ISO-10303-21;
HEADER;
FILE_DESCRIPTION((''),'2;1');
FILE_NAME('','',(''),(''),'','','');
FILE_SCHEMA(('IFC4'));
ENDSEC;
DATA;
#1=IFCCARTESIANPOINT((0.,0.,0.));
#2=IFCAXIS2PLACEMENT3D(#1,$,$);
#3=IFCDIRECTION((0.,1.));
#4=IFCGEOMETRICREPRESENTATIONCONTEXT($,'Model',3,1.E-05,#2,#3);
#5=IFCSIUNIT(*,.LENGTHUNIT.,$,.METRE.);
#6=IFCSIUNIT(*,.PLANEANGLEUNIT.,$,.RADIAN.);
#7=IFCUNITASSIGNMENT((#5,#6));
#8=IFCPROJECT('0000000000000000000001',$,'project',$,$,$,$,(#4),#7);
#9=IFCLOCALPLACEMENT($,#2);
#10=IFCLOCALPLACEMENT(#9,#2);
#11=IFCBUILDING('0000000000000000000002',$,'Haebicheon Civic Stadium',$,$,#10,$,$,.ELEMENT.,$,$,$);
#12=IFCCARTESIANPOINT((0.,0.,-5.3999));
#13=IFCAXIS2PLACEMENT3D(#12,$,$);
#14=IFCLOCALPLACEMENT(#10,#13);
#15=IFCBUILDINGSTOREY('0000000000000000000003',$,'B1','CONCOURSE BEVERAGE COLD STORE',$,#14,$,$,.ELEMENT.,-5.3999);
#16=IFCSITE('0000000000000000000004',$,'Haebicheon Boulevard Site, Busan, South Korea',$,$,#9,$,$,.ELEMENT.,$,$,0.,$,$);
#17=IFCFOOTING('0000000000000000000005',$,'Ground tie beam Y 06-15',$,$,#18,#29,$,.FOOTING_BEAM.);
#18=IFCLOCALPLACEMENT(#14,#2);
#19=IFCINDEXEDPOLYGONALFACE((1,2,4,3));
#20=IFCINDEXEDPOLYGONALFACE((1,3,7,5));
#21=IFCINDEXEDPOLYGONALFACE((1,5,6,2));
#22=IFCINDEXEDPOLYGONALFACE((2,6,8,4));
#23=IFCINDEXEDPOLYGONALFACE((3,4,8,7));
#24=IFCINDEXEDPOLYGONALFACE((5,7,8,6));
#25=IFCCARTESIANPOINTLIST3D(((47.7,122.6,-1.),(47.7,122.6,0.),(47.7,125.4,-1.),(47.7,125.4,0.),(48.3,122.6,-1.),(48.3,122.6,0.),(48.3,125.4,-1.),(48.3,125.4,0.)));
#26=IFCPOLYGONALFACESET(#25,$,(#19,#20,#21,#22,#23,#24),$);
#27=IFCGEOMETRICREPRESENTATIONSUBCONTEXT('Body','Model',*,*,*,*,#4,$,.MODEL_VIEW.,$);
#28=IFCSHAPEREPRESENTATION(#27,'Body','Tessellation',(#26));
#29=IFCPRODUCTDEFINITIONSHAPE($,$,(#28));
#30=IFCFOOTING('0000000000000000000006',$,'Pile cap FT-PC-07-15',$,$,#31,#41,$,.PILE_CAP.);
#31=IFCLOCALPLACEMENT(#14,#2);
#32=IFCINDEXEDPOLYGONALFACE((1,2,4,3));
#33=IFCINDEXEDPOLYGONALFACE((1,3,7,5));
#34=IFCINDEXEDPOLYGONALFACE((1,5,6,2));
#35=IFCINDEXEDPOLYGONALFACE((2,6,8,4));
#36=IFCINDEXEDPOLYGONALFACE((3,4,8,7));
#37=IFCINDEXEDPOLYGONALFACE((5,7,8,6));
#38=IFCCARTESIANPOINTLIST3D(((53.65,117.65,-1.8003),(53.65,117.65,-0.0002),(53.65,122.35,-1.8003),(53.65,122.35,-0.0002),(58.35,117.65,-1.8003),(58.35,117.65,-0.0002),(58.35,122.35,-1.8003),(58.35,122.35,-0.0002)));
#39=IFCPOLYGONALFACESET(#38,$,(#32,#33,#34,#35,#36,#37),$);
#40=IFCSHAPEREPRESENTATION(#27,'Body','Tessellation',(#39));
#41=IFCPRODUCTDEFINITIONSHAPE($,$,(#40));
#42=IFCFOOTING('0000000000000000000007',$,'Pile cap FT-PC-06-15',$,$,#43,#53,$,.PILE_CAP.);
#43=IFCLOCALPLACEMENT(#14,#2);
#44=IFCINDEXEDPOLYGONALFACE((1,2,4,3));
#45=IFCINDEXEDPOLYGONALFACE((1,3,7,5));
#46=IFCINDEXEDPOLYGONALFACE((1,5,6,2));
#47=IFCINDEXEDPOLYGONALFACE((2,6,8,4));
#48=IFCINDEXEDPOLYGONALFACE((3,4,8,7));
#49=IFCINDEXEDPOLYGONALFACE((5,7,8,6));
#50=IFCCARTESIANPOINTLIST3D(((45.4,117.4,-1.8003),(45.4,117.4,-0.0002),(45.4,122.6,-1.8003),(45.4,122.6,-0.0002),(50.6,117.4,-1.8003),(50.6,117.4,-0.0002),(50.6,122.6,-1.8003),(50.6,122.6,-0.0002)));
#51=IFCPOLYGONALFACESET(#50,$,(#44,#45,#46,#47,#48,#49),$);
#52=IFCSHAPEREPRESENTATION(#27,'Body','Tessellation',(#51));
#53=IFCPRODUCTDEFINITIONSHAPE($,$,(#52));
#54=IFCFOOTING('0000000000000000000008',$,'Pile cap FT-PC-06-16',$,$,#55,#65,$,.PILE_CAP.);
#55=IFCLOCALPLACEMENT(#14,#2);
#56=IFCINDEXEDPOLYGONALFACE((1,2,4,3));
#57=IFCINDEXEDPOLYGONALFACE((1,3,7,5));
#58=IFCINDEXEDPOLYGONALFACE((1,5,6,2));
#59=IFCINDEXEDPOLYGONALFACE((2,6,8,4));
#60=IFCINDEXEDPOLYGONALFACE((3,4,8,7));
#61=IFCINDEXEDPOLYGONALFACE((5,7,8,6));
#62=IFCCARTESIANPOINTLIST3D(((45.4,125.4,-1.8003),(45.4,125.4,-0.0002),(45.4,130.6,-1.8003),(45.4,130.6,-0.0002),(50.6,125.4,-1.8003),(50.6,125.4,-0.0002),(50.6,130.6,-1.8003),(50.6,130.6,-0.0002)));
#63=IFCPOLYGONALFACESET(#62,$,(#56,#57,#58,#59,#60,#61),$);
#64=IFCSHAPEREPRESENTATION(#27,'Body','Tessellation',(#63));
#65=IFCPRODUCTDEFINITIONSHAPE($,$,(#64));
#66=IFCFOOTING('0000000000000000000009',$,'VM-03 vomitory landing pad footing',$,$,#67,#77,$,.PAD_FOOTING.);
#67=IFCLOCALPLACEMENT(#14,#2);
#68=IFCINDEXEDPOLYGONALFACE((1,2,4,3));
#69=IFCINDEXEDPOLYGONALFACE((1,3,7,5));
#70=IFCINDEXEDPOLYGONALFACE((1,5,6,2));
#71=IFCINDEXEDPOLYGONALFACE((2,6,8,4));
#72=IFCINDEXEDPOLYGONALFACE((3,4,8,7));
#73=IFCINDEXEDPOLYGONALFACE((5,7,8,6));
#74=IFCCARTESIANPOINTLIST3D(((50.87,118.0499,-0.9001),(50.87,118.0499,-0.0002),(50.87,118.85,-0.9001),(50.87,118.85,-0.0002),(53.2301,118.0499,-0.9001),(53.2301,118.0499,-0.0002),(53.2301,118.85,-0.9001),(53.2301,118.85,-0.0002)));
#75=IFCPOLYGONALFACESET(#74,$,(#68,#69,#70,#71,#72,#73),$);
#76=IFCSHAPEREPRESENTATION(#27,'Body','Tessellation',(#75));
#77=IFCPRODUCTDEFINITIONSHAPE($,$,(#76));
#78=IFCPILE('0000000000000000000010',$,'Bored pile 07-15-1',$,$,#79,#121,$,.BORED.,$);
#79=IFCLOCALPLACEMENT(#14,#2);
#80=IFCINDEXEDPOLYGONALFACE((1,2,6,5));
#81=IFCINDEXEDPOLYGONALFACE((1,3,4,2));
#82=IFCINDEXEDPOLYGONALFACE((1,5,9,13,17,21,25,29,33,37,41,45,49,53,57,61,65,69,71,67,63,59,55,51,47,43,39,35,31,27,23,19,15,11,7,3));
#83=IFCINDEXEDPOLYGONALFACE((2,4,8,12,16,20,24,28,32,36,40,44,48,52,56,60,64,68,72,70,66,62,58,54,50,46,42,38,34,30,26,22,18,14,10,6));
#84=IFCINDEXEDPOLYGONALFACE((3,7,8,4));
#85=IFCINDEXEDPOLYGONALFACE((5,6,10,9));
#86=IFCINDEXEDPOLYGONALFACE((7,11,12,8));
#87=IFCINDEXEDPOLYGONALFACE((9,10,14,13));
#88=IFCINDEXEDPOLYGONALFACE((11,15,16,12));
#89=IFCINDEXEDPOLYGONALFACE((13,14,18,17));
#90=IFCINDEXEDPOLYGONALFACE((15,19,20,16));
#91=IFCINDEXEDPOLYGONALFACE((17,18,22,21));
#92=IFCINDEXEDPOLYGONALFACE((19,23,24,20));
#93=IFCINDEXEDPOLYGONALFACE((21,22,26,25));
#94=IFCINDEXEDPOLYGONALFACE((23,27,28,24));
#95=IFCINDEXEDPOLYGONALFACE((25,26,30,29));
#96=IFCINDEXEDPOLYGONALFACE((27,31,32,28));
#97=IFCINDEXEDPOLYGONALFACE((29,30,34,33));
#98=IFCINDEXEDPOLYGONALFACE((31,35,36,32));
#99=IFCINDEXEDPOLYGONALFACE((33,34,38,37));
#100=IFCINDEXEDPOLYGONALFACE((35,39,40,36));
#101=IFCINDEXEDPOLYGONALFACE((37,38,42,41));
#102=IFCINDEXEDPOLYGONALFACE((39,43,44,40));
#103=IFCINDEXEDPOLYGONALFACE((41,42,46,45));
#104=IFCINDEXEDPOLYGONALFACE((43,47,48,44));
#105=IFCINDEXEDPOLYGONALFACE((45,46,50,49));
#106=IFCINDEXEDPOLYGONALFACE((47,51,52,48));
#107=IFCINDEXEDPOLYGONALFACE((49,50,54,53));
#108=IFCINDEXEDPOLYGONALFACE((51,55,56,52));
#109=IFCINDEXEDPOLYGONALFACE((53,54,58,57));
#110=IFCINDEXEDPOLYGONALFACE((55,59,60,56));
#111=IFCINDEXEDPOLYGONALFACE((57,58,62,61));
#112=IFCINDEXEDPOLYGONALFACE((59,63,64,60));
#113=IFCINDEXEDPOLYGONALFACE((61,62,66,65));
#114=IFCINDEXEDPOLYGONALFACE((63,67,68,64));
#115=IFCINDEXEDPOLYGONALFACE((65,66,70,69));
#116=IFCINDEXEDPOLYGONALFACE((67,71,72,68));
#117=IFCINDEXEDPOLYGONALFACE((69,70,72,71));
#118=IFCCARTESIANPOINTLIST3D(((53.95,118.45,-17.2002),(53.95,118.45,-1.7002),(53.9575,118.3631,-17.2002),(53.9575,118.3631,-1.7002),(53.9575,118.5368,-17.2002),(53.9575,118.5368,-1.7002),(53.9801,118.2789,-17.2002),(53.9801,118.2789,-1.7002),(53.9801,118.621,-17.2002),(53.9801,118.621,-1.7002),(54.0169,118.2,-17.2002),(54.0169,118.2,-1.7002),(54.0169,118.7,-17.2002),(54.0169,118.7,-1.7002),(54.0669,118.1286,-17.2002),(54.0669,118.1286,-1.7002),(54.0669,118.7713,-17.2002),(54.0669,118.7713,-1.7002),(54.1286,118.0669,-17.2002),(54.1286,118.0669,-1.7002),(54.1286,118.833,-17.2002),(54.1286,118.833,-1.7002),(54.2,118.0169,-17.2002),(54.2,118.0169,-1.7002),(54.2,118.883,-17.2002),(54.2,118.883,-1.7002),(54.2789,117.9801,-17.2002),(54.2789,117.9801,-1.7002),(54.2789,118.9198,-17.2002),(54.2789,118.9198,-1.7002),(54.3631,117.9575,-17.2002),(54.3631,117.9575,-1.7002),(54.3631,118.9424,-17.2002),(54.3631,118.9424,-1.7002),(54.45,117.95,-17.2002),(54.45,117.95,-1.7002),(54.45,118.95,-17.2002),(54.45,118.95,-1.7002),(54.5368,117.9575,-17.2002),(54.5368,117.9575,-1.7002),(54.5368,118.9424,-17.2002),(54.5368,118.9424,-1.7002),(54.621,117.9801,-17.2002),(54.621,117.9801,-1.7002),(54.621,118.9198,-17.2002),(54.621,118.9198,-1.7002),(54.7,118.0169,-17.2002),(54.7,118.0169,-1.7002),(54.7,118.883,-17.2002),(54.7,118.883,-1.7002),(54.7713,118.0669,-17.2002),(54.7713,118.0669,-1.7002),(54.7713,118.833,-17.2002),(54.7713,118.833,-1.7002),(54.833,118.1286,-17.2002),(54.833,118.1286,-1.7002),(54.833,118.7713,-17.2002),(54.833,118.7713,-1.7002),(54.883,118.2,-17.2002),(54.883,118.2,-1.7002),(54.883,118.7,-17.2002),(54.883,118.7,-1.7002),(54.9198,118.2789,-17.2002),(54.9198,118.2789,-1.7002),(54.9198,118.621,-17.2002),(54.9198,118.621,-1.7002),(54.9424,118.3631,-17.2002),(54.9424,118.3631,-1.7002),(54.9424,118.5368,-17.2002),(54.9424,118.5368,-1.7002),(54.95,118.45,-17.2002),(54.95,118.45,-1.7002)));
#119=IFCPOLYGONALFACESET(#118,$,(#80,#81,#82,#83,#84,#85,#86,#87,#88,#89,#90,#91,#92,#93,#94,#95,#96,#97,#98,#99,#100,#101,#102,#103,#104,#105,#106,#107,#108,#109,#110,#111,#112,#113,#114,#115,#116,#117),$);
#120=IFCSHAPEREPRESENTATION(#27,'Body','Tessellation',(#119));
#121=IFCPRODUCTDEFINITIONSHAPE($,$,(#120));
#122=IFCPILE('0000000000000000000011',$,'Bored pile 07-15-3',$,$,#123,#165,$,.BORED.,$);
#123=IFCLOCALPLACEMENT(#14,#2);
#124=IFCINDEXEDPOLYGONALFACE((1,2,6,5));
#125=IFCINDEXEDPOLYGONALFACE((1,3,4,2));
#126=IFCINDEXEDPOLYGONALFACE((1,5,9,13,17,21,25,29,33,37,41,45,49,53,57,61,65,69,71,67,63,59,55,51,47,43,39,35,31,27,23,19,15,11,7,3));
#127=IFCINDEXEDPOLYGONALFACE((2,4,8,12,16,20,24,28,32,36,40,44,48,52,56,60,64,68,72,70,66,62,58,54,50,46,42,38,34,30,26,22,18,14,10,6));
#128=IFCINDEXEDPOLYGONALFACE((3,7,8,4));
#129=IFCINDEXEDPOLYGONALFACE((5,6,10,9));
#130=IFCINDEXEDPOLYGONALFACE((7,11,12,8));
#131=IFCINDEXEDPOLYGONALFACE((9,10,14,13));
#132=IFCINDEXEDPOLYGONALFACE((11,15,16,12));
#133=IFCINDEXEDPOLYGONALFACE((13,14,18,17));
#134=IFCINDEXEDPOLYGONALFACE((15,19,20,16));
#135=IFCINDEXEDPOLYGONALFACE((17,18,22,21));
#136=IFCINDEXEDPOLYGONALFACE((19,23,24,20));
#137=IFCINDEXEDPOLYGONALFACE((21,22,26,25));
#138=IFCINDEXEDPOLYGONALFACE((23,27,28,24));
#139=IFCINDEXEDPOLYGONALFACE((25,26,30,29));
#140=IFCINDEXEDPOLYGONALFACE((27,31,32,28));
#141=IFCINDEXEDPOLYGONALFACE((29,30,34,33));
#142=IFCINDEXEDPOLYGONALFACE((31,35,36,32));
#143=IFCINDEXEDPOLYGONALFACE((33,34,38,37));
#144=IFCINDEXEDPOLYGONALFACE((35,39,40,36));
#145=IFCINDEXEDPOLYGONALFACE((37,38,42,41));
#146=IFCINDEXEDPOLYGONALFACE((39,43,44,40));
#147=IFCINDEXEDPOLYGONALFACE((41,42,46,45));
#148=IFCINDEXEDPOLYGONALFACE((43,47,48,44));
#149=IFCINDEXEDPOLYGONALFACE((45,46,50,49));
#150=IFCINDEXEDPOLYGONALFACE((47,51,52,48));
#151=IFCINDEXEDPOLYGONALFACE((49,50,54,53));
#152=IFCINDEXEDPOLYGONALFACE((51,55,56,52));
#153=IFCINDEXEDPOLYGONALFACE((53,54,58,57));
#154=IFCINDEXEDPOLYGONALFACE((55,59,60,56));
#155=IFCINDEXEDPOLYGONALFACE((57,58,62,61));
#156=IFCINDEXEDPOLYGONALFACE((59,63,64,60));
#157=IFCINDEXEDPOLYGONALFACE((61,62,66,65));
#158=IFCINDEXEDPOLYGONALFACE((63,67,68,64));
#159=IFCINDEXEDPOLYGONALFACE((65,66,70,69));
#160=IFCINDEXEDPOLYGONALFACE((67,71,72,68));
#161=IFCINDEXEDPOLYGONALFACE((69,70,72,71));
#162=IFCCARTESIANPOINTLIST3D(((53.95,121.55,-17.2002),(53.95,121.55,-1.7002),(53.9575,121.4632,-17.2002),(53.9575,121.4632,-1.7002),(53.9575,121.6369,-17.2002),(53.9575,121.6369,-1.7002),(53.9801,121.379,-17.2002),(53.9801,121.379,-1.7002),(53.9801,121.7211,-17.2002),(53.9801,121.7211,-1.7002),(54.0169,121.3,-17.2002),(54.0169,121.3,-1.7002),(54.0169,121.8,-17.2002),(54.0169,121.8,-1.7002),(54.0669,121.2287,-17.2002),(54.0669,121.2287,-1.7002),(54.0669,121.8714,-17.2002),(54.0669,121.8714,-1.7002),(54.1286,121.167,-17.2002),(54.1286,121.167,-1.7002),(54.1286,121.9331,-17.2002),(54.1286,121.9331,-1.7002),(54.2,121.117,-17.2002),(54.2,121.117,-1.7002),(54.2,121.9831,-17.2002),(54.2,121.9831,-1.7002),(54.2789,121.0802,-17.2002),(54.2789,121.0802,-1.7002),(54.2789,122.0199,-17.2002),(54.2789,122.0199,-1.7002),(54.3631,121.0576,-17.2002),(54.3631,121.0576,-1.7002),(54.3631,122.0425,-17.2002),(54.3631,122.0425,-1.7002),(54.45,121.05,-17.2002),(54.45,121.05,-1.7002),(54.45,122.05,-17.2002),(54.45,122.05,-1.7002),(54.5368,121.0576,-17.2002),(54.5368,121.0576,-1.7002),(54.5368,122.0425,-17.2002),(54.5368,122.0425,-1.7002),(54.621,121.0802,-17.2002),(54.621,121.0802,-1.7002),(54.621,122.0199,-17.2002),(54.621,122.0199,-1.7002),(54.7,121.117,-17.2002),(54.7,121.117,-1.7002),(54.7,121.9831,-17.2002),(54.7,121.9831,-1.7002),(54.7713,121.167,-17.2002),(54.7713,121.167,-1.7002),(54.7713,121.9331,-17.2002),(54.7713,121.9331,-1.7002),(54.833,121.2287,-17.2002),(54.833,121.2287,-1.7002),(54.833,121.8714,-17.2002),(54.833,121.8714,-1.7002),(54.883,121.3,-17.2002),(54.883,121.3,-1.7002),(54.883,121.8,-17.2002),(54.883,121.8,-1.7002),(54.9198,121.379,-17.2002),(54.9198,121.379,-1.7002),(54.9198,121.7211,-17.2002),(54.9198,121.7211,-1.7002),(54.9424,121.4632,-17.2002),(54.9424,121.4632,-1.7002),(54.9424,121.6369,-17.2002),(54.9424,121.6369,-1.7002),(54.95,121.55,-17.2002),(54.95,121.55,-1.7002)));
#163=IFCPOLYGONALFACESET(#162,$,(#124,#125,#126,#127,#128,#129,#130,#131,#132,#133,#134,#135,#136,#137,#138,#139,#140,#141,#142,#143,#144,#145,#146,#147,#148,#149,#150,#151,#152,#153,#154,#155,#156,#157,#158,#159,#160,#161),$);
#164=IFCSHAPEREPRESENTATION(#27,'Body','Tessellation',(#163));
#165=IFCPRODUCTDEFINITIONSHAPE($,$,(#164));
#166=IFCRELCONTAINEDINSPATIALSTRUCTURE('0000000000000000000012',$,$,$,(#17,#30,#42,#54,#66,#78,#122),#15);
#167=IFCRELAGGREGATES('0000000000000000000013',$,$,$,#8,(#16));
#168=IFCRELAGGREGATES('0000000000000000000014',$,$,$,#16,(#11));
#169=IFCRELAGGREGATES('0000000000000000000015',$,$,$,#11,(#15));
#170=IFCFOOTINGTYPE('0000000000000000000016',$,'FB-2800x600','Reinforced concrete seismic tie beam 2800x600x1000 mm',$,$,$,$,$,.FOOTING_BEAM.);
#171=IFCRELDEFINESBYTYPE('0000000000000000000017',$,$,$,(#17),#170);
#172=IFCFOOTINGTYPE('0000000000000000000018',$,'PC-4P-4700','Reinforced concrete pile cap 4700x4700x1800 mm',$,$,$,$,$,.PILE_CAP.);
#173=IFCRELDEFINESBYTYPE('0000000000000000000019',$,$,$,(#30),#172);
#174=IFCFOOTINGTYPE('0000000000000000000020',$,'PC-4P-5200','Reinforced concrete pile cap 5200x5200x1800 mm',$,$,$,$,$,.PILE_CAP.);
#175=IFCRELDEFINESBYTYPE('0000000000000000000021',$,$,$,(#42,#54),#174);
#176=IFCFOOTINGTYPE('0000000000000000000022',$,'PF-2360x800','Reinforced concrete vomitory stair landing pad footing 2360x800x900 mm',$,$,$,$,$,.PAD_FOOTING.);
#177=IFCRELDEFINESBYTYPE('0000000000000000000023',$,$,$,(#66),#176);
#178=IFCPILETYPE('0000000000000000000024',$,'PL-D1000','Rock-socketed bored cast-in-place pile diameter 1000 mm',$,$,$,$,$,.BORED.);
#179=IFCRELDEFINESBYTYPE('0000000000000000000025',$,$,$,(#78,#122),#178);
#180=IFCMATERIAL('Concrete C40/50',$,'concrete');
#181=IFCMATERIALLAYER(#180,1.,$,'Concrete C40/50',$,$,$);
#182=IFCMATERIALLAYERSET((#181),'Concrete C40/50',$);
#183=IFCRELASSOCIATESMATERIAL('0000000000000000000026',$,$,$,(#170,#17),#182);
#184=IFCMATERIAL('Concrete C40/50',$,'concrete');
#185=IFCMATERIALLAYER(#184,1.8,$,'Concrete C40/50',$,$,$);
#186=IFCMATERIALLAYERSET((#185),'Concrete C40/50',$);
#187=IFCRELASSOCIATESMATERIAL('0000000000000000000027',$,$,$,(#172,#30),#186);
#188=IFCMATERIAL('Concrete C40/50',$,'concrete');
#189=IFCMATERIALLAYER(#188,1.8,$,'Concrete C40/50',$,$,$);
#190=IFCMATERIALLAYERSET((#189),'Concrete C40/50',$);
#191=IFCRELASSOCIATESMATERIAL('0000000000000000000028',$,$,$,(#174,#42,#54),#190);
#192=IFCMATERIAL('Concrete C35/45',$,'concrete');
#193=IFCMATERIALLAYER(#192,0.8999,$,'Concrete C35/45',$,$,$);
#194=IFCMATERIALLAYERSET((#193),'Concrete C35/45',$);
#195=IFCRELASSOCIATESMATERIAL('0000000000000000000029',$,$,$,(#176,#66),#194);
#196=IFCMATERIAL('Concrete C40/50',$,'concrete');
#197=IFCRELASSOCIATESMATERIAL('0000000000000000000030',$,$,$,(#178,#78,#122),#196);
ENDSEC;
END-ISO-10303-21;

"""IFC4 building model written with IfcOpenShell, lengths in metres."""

from ifc_helpers import new_model, si_unit, direction, frame, origin, origin_2d, place, context, subcontext, project, spatial, rectangle, circle, extrude, material, layer, layer_set, material_profile, profile_set, type_object, element, save


model = new_model("IFC4")

# Units and contexts
model_context = context("Model", 3, precision=1e-05, world=origin(), true_north=direction((0.0, 1.0)))
body_context = subcontext(model_context, "Body", "Model", "MODEL_VIEW")
ifc_project = project(units=[si_unit("LENGTHUNIT", "METRE"), si_unit("PLANEANGLEUNIT", "RADIAN")], contexts=[model_context])

# Site, building, storey
site_placement = place(None, origin())
site = spatial("IfcSite", under=ifc_project, at=site_placement, Name="Haebicheon Boulevard Site, Busan, South Korea", CompositionType="ELEMENT", RefElevation=0.0)
building_placement = place(site_placement, origin())
building = spatial("IfcBuilding", under=site, at=building_placement, Name="Haebicheon Civic Stadium", CompositionType="ELEMENT")
storey_placement = place(building_placement, frame((0.0, 0.0, -5.3999)))
storey = spatial("IfcBuildingStorey", under=building, at=storey_placement, Name="B1", Description="CONCOURSE BEVERAGE COLD STORE", CompositionType="ELEMENT", Elevation=-5.3999)

# Footings
ifc_material_1 = material(Name="Concrete C40/50", Category="concrete")
ifc_layer_1 = layer(ifc_material_1, 1.0, Name="Concrete C40/50")
ifc_layer_set_1 = layer_set([ifc_layer_1], Name="Concrete C40/50")
footing_type_1 = type_object("IfcFootingType", Name="FB-2800x600", Description="Reinforced concrete seismic tie beam 2800x600x1000 mm", PredefinedType="FOOTING_BEAM", material=ifc_layer_set_1)
footing_1_placement = place(storey_placement, frame((48.0, 124.0, -1.0), z_axis=(0.0, 0.0, 1.0), x_axis=(0.0, 1.0, 0.0)))
element("IfcFooting", 1, at=footing_1_placement, inside=storey, type_object=footing_type_1, material=ifc_layer_set_1, Name="Ground tie beam Y 06-15", PredefinedType="FOOTING_BEAM", context=body_context, shape_type="SweptSolid", body=[
    extrude(rectangle(XDim=2.8, YDim=0.6001, at=origin_2d()), origin(), (0.0, 0.0, 1.0), 1.0),
])
ifc_material_2 = material(Name="Concrete C40/50", Category="concrete")
ifc_layer_2 = layer(ifc_material_2, 1.8, Name="Concrete C40/50")
ifc_layer_set_2 = layer_set([ifc_layer_2], Name="Concrete C40/50")
footing_type_2 = type_object("IfcFootingType", Name="PC-4P-4700", Description="Reinforced concrete pile cap 4700x4700x1800 mm", PredefinedType="PILE_CAP", material=ifc_layer_set_2)
footing_2_placement = place(storey_placement, frame((56.0, 120.0, -1.8003), z_axis=(0.0, 0.0, 1.0), x_axis=(1.0, 0.0, 0.0)))
element("IfcFooting", 2, at=footing_2_placement, inside=storey, type_object=footing_type_2, material=ifc_layer_set_2, Name="Pile cap FT-PC-07-15", PredefinedType="PILE_CAP", context=body_context, shape_type="SweptSolid", body=[
    extrude(rectangle(XDim=4.7, YDim=4.7, at=origin_2d()), origin(), (0.0, 0.0, 1.0), 1.8),
])
ifc_material_3 = material(Name="Concrete C40/50", Category="concrete")
ifc_layer_3 = layer(ifc_material_3, 1.8, Name="Concrete C40/50")
ifc_layer_set_3 = layer_set([ifc_layer_3], Name="Concrete C40/50")
footing_type_3 = type_object("IfcFootingType", Name="PC-4P-5200", Description="Reinforced concrete pile cap 5200x5200x1800 mm", PredefinedType="PILE_CAP", material=ifc_layer_set_3)
for number, where, z_axis, x_axis, name in (
    (3, (48.0, 120.0, -1.8003), (0.0, 0.0, 1.0), (1.0, 0.0, 0.0), "Pile cap FT-PC-06-15"),
    (4, (48.0, 128.0, -1.8003), (0.0, 0.0, 1.0), (1.0, 0.0, 0.0), "Pile cap FT-PC-06-16"),
):
    element("IfcFooting", number, at=place(storey_placement, frame(where, z_axis=z_axis, x_axis=x_axis)), inside=storey, type_object=footing_type_3, material=ifc_layer_set_3, Name=name, PredefinedType="PILE_CAP", context=body_context, shape_type="SweptSolid", body=[
        extrude(rectangle(XDim=5.2, YDim=5.2, at=origin_2d()), origin(), (0.0, 0.0, 1.0), 1.8),
    ])
ifc_material_4 = material(Name="Concrete C35/45", Category="concrete")
ifc_layer_4 = layer(ifc_material_4, 0.8999, Name="Concrete C35/45")
ifc_layer_set_4 = layer_set([ifc_layer_4], Name="Concrete C35/45")
footing_type_4 = type_object("IfcFootingType", Name="PF-2360x800", Description="Reinforced concrete vomitory stair landing pad footing 2360x800x900 mm", PredefinedType="PAD_FOOTING", material=ifc_layer_set_4)
footing_3_placement = place(storey_placement, frame((52.05, 118.45, -0.9001), z_axis=(0.0, 0.0, 1.0), x_axis=(1.0, 0.0, 0.0)))
element("IfcFooting", 5, at=footing_3_placement, inside=storey, type_object=footing_type_4, material=ifc_layer_set_4, Name="VM-03 vomitory landing pad footing", PredefinedType="PAD_FOOTING", context=body_context, shape_type="SweptSolid", body=[
    extrude(rectangle(XDim=2.3601, YDim=0.8, at=origin_2d()), origin(), (0.0, 0.0, 1.0), 0.8999),
])

# Piles
ifc_material_5 = material(Name="Concrete C40/50", Category="concrete")
ifc_material_profile_1 = material_profile(ifc_material_5, circle(Radius=0.5, at=origin_2d()), Name="PILE-D1000")
ifc_profile_set_1 = profile_set([ifc_material_profile_1], Name="Concrete C40/50")
pile_type_1 = type_object("IfcPileType", Name="PL-D1000", Description="Rock-socketed bored cast-in-place pile diameter 1000 mm", PredefinedType="BORED", material=ifc_profile_set_1)
for number, where, z_axis, x_axis, name in (
    (6, (54.45, 118.45, -1.7002), (0.0, 0.0, -1.0), (1.0, 0.0, 0.0), "Bored pile 07-15-1"),
    (7, (54.45, 121.55, -1.7002), (0.0, 0.0, -1.0), (1.0, 0.0, 0.0), "Bored pile 07-15-3"),
):
    element("IfcPile", number, at=place(storey_placement, frame(where, z_axis=z_axis, x_axis=x_axis)), inside=storey, type_object=pile_type_1, material=ifc_profile_set_1, Name=name, PredefinedType="BORED", context=body_context, shape_type="SweptSolid", body=[
        extrude(circle(Radius=0.5, at=origin_2d()), origin(), (0.0, 0.0, 1.0), 15.5),
    ])

save(model, "model.ifc")
